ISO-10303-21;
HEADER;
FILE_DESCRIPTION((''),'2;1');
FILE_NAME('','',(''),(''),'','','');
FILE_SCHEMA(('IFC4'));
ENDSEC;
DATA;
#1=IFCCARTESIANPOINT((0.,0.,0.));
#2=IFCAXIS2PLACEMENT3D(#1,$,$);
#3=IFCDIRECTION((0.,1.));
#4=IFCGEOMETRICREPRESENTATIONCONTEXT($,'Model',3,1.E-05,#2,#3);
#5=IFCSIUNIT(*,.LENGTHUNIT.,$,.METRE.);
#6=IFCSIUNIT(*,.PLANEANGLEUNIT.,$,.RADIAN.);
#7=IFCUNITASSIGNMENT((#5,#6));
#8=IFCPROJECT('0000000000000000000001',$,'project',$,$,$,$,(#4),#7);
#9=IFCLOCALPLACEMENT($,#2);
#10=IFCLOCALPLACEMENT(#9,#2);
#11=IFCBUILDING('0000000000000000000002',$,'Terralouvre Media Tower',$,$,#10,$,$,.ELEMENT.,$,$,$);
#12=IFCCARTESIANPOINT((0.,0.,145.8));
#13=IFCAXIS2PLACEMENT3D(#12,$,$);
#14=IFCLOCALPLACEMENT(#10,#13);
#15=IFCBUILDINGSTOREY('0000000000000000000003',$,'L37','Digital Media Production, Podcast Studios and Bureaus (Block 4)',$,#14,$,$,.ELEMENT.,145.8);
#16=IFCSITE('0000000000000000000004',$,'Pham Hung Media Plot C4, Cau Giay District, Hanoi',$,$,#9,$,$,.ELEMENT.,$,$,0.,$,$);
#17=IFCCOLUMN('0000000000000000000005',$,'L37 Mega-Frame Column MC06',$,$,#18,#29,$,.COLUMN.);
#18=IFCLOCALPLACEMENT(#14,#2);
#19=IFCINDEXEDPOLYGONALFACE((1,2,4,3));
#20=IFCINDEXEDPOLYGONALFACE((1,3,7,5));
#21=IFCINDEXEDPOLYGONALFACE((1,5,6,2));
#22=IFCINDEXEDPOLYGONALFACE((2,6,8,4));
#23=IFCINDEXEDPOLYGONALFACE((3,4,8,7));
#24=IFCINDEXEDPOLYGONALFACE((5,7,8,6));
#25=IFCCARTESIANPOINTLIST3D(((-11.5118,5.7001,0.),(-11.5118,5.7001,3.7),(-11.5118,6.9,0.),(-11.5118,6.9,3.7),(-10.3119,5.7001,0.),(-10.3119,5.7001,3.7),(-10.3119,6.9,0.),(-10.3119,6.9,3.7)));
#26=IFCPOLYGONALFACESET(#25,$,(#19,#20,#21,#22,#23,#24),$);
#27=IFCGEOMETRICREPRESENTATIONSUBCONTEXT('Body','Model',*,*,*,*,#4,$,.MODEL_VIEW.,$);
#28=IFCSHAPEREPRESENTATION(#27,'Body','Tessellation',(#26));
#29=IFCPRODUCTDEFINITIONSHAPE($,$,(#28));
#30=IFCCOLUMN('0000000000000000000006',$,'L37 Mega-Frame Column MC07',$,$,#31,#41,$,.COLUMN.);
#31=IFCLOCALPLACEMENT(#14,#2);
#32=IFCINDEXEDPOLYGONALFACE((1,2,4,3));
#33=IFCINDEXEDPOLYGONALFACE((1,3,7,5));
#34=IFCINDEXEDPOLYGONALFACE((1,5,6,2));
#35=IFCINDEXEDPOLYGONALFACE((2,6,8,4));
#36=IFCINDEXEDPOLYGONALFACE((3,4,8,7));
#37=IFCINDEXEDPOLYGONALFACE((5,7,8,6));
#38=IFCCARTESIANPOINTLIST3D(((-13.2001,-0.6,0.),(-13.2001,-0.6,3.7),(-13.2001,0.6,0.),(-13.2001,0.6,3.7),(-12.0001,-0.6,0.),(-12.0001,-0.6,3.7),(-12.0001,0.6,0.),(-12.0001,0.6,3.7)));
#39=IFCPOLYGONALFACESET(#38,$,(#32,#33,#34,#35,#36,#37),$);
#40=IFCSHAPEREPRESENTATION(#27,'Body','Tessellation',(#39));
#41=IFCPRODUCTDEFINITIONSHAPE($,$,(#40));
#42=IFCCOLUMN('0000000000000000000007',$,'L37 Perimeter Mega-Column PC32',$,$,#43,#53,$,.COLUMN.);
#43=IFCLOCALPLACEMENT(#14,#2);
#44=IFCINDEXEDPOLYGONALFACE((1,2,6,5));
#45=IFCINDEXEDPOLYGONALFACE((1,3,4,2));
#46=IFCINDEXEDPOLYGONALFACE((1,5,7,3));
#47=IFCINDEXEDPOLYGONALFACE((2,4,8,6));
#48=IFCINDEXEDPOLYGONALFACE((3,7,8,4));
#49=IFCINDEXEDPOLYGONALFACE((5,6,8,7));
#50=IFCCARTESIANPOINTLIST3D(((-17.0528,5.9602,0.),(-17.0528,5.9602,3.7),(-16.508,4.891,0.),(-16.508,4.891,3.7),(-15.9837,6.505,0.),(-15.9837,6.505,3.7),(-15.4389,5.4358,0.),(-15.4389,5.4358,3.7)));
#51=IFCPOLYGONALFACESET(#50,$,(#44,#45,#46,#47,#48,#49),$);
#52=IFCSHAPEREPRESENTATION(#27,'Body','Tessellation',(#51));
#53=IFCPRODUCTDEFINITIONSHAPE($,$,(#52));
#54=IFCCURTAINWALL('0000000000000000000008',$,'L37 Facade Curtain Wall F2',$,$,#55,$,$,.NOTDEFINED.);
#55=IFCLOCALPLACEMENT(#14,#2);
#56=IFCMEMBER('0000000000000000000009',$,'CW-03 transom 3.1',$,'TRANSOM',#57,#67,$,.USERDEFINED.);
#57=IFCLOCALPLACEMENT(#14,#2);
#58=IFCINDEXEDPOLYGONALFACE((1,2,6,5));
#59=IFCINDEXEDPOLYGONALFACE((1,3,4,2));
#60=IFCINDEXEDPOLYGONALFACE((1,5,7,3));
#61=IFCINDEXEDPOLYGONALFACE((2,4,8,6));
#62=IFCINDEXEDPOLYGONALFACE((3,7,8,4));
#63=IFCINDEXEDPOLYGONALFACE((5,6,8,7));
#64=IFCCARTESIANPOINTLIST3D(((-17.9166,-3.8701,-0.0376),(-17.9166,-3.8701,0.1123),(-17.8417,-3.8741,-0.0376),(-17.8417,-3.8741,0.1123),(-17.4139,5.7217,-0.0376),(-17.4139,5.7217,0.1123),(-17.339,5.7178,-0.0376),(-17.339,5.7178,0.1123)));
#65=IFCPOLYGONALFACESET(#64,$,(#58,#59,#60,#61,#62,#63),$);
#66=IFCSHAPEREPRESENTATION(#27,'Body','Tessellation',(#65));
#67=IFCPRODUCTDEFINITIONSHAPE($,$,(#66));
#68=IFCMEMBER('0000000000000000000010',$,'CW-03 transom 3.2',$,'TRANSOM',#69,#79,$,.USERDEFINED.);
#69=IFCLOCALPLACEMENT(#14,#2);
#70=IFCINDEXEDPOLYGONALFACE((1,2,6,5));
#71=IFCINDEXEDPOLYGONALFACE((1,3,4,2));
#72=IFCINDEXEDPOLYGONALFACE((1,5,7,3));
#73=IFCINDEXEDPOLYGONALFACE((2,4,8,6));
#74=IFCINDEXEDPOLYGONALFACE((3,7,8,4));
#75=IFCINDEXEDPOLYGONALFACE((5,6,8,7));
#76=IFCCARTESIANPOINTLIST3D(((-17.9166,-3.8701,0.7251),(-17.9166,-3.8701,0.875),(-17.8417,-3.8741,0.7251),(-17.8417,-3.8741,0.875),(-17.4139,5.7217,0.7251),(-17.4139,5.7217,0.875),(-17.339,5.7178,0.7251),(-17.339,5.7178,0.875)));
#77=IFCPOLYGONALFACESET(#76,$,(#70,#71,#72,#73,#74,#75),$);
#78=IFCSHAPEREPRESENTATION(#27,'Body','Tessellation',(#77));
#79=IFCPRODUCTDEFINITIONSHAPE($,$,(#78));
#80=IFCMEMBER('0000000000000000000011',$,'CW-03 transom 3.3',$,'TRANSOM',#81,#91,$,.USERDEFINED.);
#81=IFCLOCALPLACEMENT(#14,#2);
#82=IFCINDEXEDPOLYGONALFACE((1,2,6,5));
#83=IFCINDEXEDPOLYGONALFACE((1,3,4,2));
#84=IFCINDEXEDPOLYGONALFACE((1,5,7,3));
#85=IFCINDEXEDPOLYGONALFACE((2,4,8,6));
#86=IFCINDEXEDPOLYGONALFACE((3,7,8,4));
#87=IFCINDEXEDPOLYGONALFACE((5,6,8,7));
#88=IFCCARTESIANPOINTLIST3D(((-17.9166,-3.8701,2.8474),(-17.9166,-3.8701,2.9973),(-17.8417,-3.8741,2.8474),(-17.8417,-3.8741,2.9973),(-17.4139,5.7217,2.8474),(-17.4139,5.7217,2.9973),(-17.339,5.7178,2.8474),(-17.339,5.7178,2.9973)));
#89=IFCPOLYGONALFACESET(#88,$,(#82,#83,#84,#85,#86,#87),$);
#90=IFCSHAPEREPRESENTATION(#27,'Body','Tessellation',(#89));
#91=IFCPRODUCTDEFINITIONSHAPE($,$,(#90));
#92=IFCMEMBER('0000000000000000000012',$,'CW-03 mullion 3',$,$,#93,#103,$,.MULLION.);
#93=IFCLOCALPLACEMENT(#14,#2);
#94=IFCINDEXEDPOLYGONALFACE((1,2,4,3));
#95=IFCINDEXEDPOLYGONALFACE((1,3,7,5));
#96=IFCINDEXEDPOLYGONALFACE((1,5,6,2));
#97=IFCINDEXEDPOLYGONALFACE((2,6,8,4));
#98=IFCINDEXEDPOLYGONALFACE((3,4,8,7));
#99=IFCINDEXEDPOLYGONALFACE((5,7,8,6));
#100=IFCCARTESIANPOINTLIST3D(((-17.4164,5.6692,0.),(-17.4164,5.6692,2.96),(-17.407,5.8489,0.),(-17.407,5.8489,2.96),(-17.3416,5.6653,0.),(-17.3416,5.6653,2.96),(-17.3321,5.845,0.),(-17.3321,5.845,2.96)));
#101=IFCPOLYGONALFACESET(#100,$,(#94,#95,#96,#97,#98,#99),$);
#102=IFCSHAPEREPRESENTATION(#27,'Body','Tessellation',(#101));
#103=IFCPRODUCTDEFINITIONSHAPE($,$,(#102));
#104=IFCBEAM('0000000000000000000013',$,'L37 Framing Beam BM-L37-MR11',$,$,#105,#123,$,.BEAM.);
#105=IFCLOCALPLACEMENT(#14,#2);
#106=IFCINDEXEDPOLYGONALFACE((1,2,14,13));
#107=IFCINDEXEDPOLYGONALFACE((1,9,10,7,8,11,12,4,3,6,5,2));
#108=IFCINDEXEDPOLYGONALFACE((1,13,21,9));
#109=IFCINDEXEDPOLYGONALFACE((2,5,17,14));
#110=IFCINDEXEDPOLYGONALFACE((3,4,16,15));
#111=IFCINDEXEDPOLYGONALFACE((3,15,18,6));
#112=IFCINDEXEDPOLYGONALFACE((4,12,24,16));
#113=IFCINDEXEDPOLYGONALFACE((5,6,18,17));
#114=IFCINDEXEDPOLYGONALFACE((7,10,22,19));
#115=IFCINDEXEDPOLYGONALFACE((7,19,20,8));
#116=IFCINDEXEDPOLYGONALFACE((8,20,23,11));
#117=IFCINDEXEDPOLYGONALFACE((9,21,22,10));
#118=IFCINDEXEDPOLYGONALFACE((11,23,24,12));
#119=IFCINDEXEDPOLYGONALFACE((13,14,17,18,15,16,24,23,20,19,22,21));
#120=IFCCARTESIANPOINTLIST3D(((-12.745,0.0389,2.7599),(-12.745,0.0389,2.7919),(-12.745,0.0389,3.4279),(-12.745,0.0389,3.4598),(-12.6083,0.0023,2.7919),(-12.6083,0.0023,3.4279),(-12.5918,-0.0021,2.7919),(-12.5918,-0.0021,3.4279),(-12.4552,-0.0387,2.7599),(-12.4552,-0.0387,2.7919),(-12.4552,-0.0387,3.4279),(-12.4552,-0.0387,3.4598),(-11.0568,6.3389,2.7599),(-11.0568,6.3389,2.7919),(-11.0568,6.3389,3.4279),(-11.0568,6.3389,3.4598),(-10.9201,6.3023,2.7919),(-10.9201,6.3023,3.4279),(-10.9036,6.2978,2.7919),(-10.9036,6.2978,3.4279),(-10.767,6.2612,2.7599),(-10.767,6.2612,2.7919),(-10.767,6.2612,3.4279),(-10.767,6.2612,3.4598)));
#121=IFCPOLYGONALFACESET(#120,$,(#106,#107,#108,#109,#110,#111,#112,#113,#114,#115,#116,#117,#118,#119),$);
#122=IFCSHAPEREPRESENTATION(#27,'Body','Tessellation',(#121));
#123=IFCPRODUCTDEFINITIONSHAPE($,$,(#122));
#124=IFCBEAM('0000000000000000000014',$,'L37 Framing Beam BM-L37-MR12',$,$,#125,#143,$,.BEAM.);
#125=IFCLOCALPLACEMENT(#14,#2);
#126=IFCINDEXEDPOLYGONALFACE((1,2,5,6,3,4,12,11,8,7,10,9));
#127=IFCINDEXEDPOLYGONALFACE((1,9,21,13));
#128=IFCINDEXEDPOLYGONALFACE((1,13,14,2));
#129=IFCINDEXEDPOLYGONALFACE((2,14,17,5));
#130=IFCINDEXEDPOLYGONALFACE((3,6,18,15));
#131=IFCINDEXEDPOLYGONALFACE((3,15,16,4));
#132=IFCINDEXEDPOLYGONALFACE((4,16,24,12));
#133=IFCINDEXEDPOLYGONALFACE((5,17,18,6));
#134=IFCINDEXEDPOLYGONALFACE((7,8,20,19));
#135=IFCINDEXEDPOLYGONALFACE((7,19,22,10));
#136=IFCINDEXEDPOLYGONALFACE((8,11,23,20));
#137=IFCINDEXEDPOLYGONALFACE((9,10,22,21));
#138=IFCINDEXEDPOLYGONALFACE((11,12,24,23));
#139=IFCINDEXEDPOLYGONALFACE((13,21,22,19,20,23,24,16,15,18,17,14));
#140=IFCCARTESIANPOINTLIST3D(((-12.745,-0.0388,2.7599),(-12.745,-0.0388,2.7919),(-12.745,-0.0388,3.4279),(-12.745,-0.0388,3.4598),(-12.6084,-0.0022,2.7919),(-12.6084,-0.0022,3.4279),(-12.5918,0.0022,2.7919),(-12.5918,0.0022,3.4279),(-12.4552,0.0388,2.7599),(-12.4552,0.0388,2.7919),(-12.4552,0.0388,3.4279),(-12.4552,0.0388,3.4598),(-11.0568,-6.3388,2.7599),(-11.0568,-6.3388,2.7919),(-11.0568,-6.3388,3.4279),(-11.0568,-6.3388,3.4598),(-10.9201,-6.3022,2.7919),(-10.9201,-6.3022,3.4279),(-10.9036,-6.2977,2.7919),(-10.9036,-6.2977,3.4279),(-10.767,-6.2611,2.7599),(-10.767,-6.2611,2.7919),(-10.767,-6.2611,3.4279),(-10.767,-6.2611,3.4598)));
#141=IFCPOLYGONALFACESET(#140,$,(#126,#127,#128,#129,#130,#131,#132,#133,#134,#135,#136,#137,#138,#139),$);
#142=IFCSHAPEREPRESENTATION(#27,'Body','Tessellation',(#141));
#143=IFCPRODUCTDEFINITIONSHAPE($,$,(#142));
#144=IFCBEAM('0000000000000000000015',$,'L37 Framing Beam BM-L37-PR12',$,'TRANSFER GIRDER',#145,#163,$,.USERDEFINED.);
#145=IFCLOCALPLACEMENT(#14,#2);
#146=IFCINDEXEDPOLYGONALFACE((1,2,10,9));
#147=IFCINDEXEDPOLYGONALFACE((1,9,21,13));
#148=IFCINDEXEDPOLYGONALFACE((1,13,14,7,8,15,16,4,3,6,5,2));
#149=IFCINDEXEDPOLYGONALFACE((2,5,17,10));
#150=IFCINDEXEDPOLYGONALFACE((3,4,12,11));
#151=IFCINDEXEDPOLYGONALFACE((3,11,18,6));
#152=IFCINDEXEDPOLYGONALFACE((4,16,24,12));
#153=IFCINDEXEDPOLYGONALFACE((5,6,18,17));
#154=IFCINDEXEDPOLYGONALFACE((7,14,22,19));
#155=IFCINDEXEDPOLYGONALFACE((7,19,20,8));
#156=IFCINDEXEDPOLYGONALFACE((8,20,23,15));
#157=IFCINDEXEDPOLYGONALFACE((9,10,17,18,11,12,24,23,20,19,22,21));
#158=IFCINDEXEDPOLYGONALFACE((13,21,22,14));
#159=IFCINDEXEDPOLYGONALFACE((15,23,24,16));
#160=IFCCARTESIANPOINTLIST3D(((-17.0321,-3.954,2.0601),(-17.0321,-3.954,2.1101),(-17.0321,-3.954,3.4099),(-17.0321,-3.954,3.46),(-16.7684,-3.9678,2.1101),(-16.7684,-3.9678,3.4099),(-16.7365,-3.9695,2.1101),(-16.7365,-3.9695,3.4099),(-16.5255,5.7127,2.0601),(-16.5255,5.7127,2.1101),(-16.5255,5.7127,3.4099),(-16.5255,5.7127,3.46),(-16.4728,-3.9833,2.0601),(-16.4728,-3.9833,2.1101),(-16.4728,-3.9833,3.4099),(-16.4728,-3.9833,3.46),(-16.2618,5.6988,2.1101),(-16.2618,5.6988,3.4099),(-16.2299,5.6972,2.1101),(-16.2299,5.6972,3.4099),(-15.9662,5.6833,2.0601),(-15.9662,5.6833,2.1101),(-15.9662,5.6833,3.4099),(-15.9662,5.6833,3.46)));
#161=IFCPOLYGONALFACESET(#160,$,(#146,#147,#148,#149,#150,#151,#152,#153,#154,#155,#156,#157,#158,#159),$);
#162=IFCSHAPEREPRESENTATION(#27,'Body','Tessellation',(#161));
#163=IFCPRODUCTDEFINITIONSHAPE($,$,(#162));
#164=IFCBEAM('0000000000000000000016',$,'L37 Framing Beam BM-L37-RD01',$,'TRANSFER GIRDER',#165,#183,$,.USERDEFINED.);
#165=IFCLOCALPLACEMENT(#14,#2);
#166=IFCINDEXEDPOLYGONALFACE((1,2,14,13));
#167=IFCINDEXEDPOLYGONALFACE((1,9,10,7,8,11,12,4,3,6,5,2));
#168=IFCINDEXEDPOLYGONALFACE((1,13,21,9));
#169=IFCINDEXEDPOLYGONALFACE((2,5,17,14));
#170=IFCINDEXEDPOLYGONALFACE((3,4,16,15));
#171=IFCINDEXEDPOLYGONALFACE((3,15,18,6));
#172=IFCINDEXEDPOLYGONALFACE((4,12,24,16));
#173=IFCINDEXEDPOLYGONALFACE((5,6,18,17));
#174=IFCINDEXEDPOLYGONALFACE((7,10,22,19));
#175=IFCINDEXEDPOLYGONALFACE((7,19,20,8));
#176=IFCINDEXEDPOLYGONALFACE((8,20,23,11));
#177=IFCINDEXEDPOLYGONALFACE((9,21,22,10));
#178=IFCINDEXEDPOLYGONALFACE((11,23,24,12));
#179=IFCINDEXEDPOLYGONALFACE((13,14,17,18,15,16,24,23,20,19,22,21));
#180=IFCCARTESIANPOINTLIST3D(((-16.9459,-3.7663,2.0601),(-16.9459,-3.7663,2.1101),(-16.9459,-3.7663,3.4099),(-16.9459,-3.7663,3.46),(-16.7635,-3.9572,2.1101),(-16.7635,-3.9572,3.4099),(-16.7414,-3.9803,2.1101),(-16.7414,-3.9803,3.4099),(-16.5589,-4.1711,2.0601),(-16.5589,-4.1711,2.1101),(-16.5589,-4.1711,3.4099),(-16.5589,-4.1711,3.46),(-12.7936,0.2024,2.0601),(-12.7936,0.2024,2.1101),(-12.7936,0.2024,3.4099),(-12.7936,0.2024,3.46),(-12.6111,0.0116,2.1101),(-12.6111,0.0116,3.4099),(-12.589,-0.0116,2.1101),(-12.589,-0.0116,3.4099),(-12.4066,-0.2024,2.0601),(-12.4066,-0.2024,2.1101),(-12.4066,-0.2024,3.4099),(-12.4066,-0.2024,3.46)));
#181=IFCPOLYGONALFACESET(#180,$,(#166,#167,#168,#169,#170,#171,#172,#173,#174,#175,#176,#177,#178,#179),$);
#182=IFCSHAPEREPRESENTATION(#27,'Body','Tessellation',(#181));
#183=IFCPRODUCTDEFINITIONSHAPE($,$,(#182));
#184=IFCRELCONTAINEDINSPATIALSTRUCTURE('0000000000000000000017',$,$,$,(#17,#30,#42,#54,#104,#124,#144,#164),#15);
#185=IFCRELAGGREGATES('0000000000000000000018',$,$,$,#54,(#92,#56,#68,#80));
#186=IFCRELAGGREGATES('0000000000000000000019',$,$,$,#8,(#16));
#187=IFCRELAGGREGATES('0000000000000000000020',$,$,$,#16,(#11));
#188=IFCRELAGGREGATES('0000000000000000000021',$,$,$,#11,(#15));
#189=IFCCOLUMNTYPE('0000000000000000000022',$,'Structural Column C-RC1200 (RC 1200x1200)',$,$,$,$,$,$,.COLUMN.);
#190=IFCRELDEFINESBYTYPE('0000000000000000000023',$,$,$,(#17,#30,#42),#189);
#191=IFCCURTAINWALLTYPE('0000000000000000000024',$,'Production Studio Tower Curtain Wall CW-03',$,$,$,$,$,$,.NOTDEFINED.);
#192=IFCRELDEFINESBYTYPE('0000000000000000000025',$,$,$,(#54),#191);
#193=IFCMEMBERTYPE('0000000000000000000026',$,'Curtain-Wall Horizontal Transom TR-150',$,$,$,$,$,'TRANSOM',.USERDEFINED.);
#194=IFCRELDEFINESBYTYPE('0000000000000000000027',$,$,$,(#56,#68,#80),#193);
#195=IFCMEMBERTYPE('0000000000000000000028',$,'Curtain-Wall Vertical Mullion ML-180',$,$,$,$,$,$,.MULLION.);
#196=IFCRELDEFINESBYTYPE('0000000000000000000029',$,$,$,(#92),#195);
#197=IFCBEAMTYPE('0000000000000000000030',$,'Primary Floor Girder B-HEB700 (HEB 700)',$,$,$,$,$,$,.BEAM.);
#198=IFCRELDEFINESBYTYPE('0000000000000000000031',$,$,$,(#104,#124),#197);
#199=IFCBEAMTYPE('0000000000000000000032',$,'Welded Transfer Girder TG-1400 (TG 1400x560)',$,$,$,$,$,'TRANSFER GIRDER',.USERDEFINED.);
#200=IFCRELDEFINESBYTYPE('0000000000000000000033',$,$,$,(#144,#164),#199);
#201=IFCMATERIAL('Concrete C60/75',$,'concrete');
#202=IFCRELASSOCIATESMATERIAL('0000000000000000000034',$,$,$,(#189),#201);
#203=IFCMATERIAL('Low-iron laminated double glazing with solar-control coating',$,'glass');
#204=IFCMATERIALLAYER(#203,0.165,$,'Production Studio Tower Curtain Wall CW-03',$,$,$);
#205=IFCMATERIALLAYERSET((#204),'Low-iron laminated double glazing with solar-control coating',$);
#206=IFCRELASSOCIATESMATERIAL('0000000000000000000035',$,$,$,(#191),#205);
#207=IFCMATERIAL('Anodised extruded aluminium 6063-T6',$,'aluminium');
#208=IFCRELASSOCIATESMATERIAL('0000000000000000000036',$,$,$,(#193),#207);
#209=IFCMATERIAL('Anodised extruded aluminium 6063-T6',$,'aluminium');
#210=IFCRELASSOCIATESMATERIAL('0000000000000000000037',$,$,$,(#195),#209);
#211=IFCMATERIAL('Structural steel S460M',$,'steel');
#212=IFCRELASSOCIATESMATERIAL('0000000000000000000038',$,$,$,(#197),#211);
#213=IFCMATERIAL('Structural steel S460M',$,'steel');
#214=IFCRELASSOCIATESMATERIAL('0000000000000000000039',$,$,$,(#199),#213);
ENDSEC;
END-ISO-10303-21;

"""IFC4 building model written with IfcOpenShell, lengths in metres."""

from ifc_helpers import new_model, si_unit, direction, frame, origin, origin_2d, place, context, subcontext, project, spatial, rectangle, i_section, extrude, material, layer, layer_set, material_profile, profile_set, type_object, element, aggregate, save


model = new_model("IFC4")

# Units and contexts
model_context = context("Model", 3, precision=1e-05, world=origin(), true_north=direction((0.0, 1.0)))
body_context = subcontext(model_context, "Body", "Model", "MODEL_VIEW")
ifc_project = project(units=[si_unit("LENGTHUNIT", "METRE"), si_unit("PLANEANGLEUNIT", "RADIAN")], contexts=[model_context])

# Site, building, storey
site_placement = place(None, origin())
site = spatial("IfcSite", under=ifc_project, at=site_placement, Name="Pham Hung Media Plot C4, Cau Giay District, Hanoi", CompositionType="ELEMENT", RefElevation=0.0)
building_placement = place(site_placement, origin())
building = spatial("IfcBuilding", under=site, at=building_placement, Name="Terralouvre Media Tower", CompositionType="ELEMENT")
storey_placement = place(building_placement, frame((0.0, 0.0, 145.8)))
storey = spatial("IfcBuildingStorey", under=building, at=storey_placement, Name="L37", Description="Digital Media Production, Podcast Studios and Bureaus (Block 4)", CompositionType="ELEMENT", Elevation=145.8)

# Columns
ifc_material_1 = material(Name="Concrete C60/75", Category="concrete")
ifc_material_profile_1 = material_profile(ifc_material_1, rectangle(XDim=1.2, YDim=1.2, at=origin_2d()), Name="RC 1200x1200")
ifc_profile_set_1 = profile_set([ifc_material_profile_1], Name="Concrete C60/75")
column_type = type_object("IfcColumnType", Name="Structural Column C-RC1200 (RC 1200x1200)", PredefinedType="COLUMN", material=ifc_profile_set_1)
for number, where, z_axis, x_axis, name in (
    (1, (-10.9119, 6.3, 0.0), (0.0, 0.0, 1.0), (1.0, 0.0, 0.0), "L37 Mega-Frame Column MC06"),
    (2, (-12.6001, 0.0, 0.0), (0.0, 0.0, 1.0), (1.0, 0.0, 0.0), "L37 Mega-Frame Column MC07"),
    (3, (-16.2458, 5.698, 0.0), (0.0, 0.0, 1.0), (0.891007, 0.45399, 0.0), "L37 Perimeter Mega-Column PC32"),
):
    element("IfcColumn", number, at=place(storey_placement, frame(where, z_axis=z_axis, x_axis=x_axis)), inside=storey, type_object=column_type, Name=name, PredefinedType="COLUMN", context=body_context, shape_type="SweptSolid", body=[
        extrude(rectangle(XDim=1.2, YDim=1.2, at=origin_2d()), origin(), (0.0, 0.0, 1.0), 3.7),
    ])

# Curtain wall, members
ifc_material_2 = material(Name="Low-iron laminated double glazing with solar-control coating", Category="glass")
ifc_layer_1 = layer(ifc_material_2, 0.165, Name="Production Studio Tower Curtain Wall CW-03")
ifc_layer_set_1 = layer_set([ifc_layer_1], Name="Low-iron laminated double glazing with solar-control coating")
curtain_wall_type = type_object("IfcCurtainWallType", Name="Production Studio Tower Curtain Wall CW-03", PredefinedType="NOTDEFINED", material=ifc_layer_set_1)
curtain_wall_placement = place(storey_placement, origin())
curtain_wall = element("IfcCurtainWall", 4, at=curtain_wall_placement, inside=storey, type_object=curtain_wall_type, Name="L37 Facade Curtain Wall F2", PredefinedType="NOTDEFINED")
ifc_material_3 = material(Name="Anodised extruded aluminium 6063-T6", Category="aluminium")
ifc_material_profile_2 = material_profile(ifc_material_3, rectangle(XDim=0.075, YDim=0.1499, at=origin_2d()), Name="ALU 75x150")
ifc_profile_set_2 = profile_set([ifc_material_profile_2], Name="Anodised extruded aluminium 6063-T6")
member_type_1 = type_object("IfcMemberType", Name="Curtain-Wall Horizontal Transom TR-150", ElementType="TRANSOM", PredefinedType="USERDEFINED", material=ifc_profile_set_2)
member_1_placement = place(storey_placement, frame((-17.3765, 5.7197, 0.0374), z_axis=(-0.052336, -0.99863, 0.0), x_axis=(0.99863, -0.052336, 0.0)))
member_1 = element("IfcMember", 5, at=member_1_placement, type_object=member_type_1, Name="CW-03 transom 3.1", ObjectType="TRANSOM", PredefinedType="USERDEFINED", context=body_context, shape_type="SweptSolid", body=[
    extrude(rectangle(XDim=0.075, YDim=0.1499, at=origin_2d()), origin(), (0.0, 0.0, 1.0), 9.605),
])
member_2_placement = place(storey_placement, frame((-17.3765, 5.7197, 0.8), z_axis=(-0.052336, -0.99863, 0.0), x_axis=(0.99863, -0.052336, 0.0)))
member_2 = element("IfcMember", 6, at=member_2_placement, type_object=member_type_1, Name="CW-03 transom 3.2", ObjectType="TRANSOM", PredefinedType="USERDEFINED", context=body_context, shape_type="SweptSolid", body=[
    extrude(rectangle(XDim=0.075, YDim=0.1499, at=origin_2d()), origin(), (0.0, 0.0, 1.0), 9.605),
])
member_3_placement = place(storey_placement, frame((-17.3765, 5.7197, 2.9224), z_axis=(-0.052336, -0.99863, 0.0), x_axis=(0.99863, -0.052336, 0.0)))
member_3 = element("IfcMember", 7, at=member_3_placement, type_object=member_type_1, Name="CW-03 transom 3.3", ObjectType="TRANSOM", PredefinedType="USERDEFINED", context=body_context, shape_type="SweptSolid", body=[
    extrude(rectangle(XDim=0.075, YDim=0.1499, at=origin_2d()), origin(), (0.0, 0.0, 1.0), 9.605),
])
ifc_material_4 = material(Name="Anodised extruded aluminium 6063-T6", Category="aluminium")
ifc_material_profile_3 = material_profile(ifc_material_4, rectangle(XDim=0.075, YDim=0.1799, at=origin_2d()), Name="ALU 75x180")
ifc_profile_set_3 = profile_set([ifc_material_profile_3], Name="Anodised extruded aluminium 6063-T6")
member_type_2 = type_object("IfcMemberType", Name="Curtain-Wall Vertical Mullion ML-180", PredefinedType="MULLION", material=ifc_profile_set_3)
member_4_placement = place(storey_placement, frame((-17.3743, 5.7571, 0.0), z_axis=(0.0, 0.0, 1.0), x_axis=(0.99863, -0.052336, 0.0)))
member_4 = element("IfcMember", 8, at=member_4_placement, type_object=member_type_2, Name="CW-03 mullion 3", PredefinedType="MULLION", context=body_context, shape_type="SweptSolid", body=[
    extrude(rectangle(XDim=0.075, YDim=0.1799, at=origin_2d()), origin(), (0.0, 0.0, 1.0), 2.96),
])

# Beams
ifc_material_5 = material(Name="Structural steel S460M", Category="steel")
ifc_material_profile_4 = material_profile(ifc_material_5, i_section(OverallWidth=0.3, OverallDepth=0.7, WebThickness=0.0171, FlangeThickness=0.032, at=origin_2d()), Name="HEB 700")
ifc_profile_set_4 = profile_set([ifc_material_profile_4], Name="Structural steel S460M")
beam_type_1 = type_object("IfcBeamType", Name="Primary Floor Girder B-HEB700 (HEB 700)", PredefinedType="BEAM", material=ifc_profile_set_4)
for number, where, z_axis, x_axis, name in (
    (9, (-10.9119, 6.3, 3.1099), (-0.258839, -0.96592, 0.0), (0.96592, -0.258839, 0.0), "L37 Framing Beam BM-L37-MR11"),
    (10, (-12.6001, 0.0, 3.1099), (0.258839, -0.96592, 0.0), (0.96592, 0.258839, 0.0), "L37 Framing Beam BM-L37-MR12"),
):
    element("IfcBeam", number, at=place(storey_placement, frame(where, z_axis=z_axis, x_axis=x_axis)), inside=storey, type_object=beam_type_1, Name=name, PredefinedType="BEAM", context=body_context, shape_type="SweptSolid", body=[
        extrude(i_section(OverallWidth=0.3, OverallDepth=0.7, WebThickness=0.0171, FlangeThickness=0.032, at=origin_2d()), origin(), (0.0, 0.0, 1.0), 6.5222),
    ])
ifc_material_6 = material(Name="Structural steel S460M", Category="steel")
ifc_material_profile_5 = material_profile(ifc_material_6, i_section(OverallWidth=0.5601, OverallDepth=1.3999, WebThickness=0.032, FlangeThickness=0.05, at=origin_2d()), Name="TG 1400x560")
ifc_profile_set_5 = profile_set([ifc_material_profile_5], Name="Structural steel S460M")
beam_type_2 = type_object("IfcBeamType", Name="Welded Transfer Girder TG-1400 (TG 1400x560)", ElementType="TRANSFER GIRDER", PredefinedType="USERDEFINED", material=ifc_profile_set_5)
beam_1_placement = place(storey_placement, frame((-16.2458, 5.698, 2.76), z_axis=(-0.052334, -0.99863, 0.0), x_axis=(0.99863, -0.052334, 0.0)))
element("IfcBeam", 11, at=beam_1_placement, inside=storey, type_object=beam_type_2, Name="L37 Framing Beam BM-L37-PR12", ObjectType="TRANSFER GIRDER", PredefinedType="USERDEFINED", context=body_context, shape_type="SweptSolid", body=[
    extrude(i_section(OverallWidth=0.5601, OverallDepth=1.3999, WebThickness=0.032, FlangeThickness=0.05, at=origin_2d()), origin(), (0.0, 0.0, 1.0), 9.6799),
])
beam_2_placement = place(storey_placement, frame((-12.6001, 0.0, 2.76), z_axis=(-0.722908, -0.690945, 0.0), x_axis=(0.690945, -0.722908, 0.0)))
element("IfcBeam", 12, at=beam_2_placement, inside=storey, type_object=beam_type_2, Name="L37 Framing Beam BM-L37-RD01", ObjectType="TRANSFER GIRDER", PredefinedType="USERDEFINED", context=body_context, shape_type="SweptSolid", body=[
    extrude(i_section(OverallWidth=0.5601, OverallDepth=1.3999, WebThickness=0.032, FlangeThickness=0.05, at=origin_2d()), origin(), (0.0, 0.0, 1.0), 5.7439),
])

aggregate(curtain_wall, [member_4, member_1, member_2, member_3])

save(model, "model.ifc")
